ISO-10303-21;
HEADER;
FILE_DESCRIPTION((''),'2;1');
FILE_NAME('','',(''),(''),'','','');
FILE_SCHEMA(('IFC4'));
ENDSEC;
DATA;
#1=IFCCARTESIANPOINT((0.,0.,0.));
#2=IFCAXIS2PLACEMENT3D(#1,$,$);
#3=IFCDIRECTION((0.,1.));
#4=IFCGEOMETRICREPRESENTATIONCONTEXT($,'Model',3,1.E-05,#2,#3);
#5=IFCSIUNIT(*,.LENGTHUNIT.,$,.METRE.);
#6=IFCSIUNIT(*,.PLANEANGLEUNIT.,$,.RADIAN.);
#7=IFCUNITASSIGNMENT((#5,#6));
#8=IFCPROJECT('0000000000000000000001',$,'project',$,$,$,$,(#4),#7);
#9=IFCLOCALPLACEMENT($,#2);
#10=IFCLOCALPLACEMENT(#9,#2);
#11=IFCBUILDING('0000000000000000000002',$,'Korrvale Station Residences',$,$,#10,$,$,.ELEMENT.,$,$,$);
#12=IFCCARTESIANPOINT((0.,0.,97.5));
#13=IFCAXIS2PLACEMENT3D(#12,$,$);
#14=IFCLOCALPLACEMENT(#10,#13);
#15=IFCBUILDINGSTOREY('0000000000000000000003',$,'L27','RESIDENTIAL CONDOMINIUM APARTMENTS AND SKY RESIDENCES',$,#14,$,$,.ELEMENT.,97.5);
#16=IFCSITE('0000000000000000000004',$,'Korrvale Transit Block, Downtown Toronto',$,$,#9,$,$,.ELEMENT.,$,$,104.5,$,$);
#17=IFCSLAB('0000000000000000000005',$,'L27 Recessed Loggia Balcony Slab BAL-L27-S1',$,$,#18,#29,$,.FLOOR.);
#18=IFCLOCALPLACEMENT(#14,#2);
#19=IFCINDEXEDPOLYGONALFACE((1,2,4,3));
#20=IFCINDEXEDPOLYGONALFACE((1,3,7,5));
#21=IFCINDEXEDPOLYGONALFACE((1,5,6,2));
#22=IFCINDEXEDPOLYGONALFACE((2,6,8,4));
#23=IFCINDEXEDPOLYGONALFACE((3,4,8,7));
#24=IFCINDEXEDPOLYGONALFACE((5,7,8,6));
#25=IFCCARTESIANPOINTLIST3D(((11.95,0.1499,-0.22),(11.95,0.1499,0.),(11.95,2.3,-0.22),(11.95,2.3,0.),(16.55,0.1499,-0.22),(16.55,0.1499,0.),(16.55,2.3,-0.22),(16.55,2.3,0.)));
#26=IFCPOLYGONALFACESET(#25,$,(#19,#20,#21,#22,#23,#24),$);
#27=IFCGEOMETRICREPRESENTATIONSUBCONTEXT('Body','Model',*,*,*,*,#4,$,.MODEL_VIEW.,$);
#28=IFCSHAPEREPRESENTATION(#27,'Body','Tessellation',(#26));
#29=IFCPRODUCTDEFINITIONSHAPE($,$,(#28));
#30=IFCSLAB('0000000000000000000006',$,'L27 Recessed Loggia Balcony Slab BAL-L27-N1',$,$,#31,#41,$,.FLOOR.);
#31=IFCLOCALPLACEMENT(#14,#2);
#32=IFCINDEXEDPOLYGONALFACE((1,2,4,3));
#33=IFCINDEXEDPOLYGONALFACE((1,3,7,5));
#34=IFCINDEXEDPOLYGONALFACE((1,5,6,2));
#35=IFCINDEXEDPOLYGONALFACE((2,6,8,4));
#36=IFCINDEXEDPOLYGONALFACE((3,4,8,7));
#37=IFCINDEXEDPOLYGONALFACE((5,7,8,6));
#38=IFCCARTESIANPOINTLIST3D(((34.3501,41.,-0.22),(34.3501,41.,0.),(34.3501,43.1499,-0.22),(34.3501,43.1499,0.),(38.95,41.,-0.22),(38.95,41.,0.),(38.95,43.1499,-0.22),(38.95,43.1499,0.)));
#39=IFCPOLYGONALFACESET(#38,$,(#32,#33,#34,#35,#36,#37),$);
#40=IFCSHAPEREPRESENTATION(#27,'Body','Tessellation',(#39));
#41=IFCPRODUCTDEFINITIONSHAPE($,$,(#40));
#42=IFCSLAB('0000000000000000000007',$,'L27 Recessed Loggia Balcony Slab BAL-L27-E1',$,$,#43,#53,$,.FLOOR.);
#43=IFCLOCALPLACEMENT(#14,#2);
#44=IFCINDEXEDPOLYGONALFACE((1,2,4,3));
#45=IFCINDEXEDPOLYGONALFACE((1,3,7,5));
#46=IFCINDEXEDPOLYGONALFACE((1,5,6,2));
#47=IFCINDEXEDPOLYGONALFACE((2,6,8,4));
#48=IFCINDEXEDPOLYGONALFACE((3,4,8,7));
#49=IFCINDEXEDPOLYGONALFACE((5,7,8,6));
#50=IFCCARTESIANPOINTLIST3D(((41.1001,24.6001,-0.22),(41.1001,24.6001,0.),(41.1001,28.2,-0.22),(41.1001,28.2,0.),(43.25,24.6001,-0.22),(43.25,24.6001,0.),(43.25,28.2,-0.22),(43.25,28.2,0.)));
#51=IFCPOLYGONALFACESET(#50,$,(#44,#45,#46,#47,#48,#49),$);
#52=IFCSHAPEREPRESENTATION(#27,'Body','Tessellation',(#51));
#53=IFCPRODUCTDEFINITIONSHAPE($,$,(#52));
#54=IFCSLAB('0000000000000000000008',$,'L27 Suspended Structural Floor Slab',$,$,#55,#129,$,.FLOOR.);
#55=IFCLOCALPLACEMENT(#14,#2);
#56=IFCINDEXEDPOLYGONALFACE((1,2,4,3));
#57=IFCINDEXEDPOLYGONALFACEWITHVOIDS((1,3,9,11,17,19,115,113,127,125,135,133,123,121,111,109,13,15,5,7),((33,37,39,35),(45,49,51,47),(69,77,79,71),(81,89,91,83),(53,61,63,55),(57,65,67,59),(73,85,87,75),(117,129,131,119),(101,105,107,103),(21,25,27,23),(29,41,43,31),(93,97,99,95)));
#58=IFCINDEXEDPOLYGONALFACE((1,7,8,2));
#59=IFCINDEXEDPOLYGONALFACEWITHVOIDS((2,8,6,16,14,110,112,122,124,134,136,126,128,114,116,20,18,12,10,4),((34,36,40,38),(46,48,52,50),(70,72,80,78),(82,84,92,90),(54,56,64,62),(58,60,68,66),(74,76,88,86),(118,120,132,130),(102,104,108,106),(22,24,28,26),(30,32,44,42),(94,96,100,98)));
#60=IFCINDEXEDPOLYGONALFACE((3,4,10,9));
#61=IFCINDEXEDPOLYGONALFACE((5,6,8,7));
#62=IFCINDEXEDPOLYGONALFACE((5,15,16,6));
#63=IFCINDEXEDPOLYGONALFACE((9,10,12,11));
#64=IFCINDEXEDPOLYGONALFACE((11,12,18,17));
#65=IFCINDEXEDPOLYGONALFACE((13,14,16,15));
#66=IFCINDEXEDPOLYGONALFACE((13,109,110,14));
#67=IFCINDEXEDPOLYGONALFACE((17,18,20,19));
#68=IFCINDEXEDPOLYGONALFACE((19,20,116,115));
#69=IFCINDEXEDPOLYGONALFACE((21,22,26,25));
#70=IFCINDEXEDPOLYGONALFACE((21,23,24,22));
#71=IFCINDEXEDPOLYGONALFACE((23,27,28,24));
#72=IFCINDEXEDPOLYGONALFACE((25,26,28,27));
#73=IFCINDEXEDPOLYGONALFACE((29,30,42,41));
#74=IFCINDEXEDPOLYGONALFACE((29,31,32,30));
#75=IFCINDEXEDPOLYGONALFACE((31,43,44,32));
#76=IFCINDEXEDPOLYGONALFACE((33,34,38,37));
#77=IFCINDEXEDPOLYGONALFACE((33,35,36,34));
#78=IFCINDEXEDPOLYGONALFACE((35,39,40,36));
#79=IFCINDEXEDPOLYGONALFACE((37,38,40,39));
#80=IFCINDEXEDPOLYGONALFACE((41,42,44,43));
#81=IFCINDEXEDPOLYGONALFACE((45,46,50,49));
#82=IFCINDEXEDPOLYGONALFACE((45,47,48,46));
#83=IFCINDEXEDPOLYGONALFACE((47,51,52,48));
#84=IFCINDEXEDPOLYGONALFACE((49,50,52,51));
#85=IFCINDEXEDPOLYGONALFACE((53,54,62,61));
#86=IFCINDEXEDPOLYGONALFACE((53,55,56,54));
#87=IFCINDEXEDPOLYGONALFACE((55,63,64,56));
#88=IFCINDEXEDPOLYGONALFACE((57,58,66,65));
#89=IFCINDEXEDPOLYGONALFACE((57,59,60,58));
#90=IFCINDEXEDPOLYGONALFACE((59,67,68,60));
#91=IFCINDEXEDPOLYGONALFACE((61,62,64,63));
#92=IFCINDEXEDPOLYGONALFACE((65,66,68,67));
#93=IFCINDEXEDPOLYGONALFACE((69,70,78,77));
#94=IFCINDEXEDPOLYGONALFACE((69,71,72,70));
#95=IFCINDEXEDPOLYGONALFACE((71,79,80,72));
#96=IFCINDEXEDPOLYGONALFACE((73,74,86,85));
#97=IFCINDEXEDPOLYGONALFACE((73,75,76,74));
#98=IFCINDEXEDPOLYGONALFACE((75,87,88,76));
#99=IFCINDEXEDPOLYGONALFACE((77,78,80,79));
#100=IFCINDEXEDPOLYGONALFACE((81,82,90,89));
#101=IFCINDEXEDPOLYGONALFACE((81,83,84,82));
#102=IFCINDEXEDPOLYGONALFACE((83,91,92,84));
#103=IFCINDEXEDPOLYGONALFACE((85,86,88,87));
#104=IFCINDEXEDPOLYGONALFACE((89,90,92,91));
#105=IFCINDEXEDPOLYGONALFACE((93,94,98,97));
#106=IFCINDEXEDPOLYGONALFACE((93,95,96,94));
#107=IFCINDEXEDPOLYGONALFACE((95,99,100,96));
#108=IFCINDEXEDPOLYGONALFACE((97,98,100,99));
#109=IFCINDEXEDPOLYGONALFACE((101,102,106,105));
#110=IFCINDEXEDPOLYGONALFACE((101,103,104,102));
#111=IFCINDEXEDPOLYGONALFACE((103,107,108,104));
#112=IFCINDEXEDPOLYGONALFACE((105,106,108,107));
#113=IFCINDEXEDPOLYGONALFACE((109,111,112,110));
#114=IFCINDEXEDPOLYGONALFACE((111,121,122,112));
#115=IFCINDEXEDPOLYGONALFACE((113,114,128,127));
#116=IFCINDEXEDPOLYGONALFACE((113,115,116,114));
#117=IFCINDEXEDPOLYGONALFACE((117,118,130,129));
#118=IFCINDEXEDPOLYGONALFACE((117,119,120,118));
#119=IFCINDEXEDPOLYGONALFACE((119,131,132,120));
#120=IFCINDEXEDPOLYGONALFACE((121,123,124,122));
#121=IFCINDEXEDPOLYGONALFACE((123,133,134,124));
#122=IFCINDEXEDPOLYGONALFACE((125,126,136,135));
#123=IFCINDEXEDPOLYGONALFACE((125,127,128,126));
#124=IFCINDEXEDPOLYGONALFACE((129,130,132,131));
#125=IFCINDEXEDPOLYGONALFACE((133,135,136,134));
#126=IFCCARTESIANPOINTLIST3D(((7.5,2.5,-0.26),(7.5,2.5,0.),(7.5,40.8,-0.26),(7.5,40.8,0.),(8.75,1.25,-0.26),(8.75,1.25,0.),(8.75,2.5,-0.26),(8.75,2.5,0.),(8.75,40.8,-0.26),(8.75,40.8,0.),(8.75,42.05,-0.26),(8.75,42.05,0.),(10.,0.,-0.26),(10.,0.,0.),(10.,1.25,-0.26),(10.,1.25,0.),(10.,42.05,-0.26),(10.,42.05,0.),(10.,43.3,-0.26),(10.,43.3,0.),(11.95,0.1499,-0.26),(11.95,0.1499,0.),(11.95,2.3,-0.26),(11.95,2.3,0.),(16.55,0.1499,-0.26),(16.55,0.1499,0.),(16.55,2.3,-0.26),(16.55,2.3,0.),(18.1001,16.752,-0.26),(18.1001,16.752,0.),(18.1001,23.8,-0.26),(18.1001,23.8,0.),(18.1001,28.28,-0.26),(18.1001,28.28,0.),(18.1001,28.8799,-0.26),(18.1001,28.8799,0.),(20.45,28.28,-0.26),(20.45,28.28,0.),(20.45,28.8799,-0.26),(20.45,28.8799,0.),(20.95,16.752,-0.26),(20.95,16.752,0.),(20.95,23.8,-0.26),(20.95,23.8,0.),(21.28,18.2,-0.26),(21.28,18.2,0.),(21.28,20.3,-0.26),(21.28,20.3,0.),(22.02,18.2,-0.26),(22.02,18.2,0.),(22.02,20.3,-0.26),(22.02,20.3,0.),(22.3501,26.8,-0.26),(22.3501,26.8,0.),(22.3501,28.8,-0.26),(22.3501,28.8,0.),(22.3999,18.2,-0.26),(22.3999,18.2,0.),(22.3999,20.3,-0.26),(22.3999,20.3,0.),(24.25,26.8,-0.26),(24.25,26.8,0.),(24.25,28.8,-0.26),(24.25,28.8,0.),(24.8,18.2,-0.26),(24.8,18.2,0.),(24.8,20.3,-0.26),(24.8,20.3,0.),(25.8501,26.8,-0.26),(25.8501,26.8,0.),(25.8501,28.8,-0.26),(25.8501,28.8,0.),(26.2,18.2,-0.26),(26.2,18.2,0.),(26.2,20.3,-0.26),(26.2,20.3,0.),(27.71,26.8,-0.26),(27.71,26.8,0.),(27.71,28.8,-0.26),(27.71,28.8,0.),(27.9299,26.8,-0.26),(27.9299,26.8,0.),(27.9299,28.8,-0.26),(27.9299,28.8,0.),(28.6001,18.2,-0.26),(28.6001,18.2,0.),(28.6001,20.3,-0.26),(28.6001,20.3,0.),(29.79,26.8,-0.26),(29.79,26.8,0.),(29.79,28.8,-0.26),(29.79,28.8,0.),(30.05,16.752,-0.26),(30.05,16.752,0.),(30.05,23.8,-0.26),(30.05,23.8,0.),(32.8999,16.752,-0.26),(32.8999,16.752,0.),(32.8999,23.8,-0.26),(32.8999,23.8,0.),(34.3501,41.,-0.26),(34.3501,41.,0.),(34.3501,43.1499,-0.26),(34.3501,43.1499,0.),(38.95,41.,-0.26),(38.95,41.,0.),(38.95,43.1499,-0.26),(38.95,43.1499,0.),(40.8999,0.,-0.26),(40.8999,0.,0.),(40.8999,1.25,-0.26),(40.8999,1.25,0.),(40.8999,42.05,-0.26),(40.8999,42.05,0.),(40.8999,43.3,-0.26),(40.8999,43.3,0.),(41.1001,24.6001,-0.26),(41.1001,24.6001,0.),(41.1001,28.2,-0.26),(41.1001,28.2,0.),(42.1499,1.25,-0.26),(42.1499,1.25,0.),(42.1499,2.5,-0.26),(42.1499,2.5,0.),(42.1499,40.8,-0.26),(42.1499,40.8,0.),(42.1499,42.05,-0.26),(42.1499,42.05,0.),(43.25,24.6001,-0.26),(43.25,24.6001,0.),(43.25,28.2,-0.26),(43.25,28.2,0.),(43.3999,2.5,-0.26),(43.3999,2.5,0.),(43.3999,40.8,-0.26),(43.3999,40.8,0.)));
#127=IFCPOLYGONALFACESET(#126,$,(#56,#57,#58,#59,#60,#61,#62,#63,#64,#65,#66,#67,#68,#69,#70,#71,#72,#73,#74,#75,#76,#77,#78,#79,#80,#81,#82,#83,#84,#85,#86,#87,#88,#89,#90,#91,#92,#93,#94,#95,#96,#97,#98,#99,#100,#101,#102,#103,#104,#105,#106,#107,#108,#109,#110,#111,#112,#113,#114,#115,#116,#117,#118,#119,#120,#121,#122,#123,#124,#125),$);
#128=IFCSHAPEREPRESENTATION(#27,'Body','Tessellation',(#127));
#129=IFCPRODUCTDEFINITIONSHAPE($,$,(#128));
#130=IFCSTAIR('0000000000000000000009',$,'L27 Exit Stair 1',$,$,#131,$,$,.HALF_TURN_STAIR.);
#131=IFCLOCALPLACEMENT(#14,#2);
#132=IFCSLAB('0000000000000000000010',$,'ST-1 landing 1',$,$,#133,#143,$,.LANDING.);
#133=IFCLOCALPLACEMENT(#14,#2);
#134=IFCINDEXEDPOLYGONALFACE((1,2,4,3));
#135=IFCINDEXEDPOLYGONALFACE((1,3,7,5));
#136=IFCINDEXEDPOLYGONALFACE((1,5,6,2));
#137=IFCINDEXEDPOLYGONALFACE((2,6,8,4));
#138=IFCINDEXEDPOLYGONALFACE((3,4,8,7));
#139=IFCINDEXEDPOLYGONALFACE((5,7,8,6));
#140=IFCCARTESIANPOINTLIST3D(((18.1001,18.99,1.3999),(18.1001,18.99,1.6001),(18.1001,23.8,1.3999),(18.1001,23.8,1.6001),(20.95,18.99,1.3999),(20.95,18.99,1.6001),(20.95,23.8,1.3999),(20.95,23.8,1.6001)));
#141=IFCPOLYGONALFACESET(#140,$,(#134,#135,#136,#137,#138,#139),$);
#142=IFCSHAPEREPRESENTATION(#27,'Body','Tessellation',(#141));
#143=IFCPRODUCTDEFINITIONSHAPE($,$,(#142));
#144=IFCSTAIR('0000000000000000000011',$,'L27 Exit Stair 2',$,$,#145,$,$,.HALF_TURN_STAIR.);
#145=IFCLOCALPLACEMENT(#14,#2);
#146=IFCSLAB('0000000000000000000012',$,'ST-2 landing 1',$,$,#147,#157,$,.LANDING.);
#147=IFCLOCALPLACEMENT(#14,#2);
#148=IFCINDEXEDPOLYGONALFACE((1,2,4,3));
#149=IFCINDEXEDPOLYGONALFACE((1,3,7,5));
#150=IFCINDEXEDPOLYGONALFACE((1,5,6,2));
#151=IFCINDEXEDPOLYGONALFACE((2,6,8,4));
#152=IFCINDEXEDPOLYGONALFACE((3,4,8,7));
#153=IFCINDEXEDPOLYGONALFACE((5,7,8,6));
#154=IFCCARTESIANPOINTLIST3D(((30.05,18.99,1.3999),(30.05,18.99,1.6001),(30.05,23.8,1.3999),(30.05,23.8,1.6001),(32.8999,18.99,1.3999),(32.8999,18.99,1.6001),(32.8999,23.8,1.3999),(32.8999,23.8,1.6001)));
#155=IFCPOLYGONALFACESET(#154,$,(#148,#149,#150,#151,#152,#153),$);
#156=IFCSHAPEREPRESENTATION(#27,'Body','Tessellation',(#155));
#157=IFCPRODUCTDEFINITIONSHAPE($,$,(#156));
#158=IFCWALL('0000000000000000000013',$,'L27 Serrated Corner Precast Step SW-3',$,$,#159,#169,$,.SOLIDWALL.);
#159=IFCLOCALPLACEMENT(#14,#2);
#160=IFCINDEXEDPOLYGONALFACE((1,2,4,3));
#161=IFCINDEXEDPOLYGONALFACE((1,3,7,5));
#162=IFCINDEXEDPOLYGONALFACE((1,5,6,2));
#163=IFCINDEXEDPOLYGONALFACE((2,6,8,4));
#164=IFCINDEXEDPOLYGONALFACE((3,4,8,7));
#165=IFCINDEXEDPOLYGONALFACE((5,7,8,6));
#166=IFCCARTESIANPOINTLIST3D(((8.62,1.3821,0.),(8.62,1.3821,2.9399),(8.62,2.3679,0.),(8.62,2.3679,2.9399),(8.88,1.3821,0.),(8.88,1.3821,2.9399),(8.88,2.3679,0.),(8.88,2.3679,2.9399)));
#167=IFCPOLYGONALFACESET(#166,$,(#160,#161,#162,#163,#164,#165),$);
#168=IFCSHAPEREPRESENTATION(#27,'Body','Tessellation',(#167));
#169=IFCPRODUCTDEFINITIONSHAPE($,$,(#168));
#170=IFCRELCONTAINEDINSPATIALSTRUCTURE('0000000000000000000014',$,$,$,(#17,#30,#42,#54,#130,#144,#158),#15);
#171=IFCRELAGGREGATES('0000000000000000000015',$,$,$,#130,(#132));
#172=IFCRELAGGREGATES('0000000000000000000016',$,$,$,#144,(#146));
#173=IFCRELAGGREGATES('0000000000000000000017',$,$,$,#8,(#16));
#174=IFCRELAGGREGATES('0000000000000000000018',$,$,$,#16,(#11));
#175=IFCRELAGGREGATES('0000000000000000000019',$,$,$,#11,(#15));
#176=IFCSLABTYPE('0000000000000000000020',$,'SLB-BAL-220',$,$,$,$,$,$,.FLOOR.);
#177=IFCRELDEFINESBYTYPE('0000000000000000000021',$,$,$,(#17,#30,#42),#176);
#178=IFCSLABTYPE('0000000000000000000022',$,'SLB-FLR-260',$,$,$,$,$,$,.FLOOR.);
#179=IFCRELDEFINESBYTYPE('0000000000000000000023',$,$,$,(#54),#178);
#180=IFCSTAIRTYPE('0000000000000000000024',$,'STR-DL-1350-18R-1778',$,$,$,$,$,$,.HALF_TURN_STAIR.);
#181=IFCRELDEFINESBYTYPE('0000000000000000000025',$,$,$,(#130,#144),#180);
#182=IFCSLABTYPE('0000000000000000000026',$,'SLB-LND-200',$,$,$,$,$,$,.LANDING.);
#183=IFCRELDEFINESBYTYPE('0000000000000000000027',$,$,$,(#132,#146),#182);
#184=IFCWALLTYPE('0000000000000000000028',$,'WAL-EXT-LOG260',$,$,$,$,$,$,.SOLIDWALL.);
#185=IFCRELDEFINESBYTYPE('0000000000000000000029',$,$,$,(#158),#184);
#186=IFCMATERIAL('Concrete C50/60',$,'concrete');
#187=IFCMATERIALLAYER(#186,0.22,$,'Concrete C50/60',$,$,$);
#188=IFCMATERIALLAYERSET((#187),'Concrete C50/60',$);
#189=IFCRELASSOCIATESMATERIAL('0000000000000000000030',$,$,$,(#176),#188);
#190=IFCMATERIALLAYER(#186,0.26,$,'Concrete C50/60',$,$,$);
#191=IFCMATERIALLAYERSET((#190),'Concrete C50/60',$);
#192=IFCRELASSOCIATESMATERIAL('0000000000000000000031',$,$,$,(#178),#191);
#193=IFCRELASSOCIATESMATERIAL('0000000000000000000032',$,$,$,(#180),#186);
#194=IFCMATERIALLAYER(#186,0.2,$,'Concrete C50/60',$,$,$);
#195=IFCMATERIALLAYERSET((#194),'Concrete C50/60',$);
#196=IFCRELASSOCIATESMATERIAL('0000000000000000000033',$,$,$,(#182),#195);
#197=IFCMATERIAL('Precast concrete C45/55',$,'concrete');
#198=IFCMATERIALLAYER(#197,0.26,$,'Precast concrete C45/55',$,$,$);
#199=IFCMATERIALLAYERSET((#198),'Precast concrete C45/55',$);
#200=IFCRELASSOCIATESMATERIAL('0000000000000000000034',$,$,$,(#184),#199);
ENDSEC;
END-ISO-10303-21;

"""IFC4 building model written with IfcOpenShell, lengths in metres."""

from ifc_helpers import new_model, si_unit, direction, frame, frame_2d, origin, place, context, subcontext, project, spatial, polyline, rectangle, outline, extrude, material, layer, layer_set, type_object, element, aggregate, save


model = new_model("IFC4")

# Units and contexts
model_context = context("Model", 3, precision=1e-05, world=origin(), true_north=direction((0.0, 1.0)))
body_context = subcontext(model_context, "Body", "Model", "MODEL_VIEW")
ifc_project = project(units=[si_unit("LENGTHUNIT", "METRE"), si_unit("PLANEANGLEUNIT", "RADIAN")], contexts=[model_context])

# Site, building, storey
site_placement = place(None, origin())
site = spatial("IfcSite", under=ifc_project, at=site_placement, Name="Korrvale Transit Block, Downtown Toronto", CompositionType="ELEMENT", RefElevation=104.5)
building_placement = place(site_placement, origin())
building = spatial("IfcBuilding", under=site, at=building_placement, Name="Korrvale Station Residences", CompositionType="ELEMENT")
storey_placement = place(building_placement, frame((0.0, 0.0, 97.5)))
storey = spatial("IfcBuildingStorey", under=building, at=storey_placement, Name="L27", Description="RESIDENTIAL CONDOMINIUM APARTMENTS AND SKY RESIDENCES", CompositionType="ELEMENT", Elevation=97.5)

# Slabs
ifc_material_1 = material(Name="Concrete C50/60", Category="concrete")
ifc_layer_1 = layer(ifc_material_1, 0.22, Name="Concrete C50/60")
ifc_layer_set_1 = layer_set([ifc_layer_1], Name="Concrete C50/60")
slab_type_1 = type_object("IfcSlabType", Name="SLB-BAL-220", PredefinedType="FLOOR", material=ifc_layer_set_1)
slab_1_placement = place(storey_placement, frame((0.0, 0.0, -0.22)))
element("IfcSlab", 1, at=slab_1_placement, inside=storey, type_object=slab_type_1, Name="L27 Recessed Loggia Balcony Slab BAL-L27-S1", PredefinedType="FLOOR", context=body_context, shape_type="SweptSolid", body=[
    extrude(outline(polyline([(11.95, 0.1499), (16.55, 0.1499), (16.55, 2.3), (11.95, 2.3), (11.95, 0.1499)])), origin(), (0.0, 0.0, 1.0), 0.22),
])
slab_2_placement = place(storey_placement, frame((0.0, 0.0, -0.22)))
element("IfcSlab", 2, at=slab_2_placement, inside=storey, type_object=slab_type_1, Name="L27 Recessed Loggia Balcony Slab BAL-L27-N1", PredefinedType="FLOOR", context=body_context, shape_type="SweptSolid", body=[
    extrude(outline(polyline([(34.3501, 41.0), (38.95, 41.0), (38.95, 43.1499), (34.3501, 43.1499), (34.3501, 41.0)])), origin(), (0.0, 0.0, 1.0), 0.22),
])
slab_3_placement = place(storey_placement, frame((0.0, 0.0, -0.22)))
element("IfcSlab", 3, at=slab_3_placement, inside=storey, type_object=slab_type_1, Name="L27 Recessed Loggia Balcony Slab BAL-L27-E1", PredefinedType="FLOOR", context=body_context, shape_type="SweptSolid", body=[
    extrude(outline(polyline([(41.1001, 24.6001), (43.25, 24.6001), (43.25, 28.2), (41.1001, 28.2), (41.1001, 24.6001)])), origin(), (0.0, 0.0, 1.0), 0.22),
])
ifc_layer_2 = layer(ifc_material_1, 0.26, Name="Concrete C50/60")
ifc_layer_set_2 = layer_set([ifc_layer_2], Name="Concrete C50/60")
slab_type_2 = type_object("IfcSlabType", Name="SLB-FLR-260", PredefinedType="FLOOR", material=ifc_layer_set_2)
slab_4_placement = place(storey_placement, frame((0.0, 0.0, -0.26)))
element("IfcSlab", 4, at=slab_4_placement, inside=storey, type_object=slab_type_2, Name="L27 Suspended Structural Floor Slab", PredefinedType="FLOOR", context=body_context, shape_type="SweptSolid", body=[
    extrude(outline(polyline([(10.0, 0.0), (40.8999, 0.0), (40.8999, 1.25), (42.1499, 1.25), (42.1499, 2.5), (43.3999, 2.5), (43.3999, 40.8), (42.1499, 40.8), (42.1499, 42.05), (40.8999, 42.05), (40.8999, 43.3), (10.0, 43.3), (10.0, 42.05), (8.75, 42.05), (8.75, 40.8), (7.5, 40.8), (7.5, 2.5), (8.75, 2.5), (8.75, 1.25), (10.0, 1.25), (10.0, 0.0)]), holes=[polyline([(20.95, 16.752), (20.95, 23.8), (18.1001, 23.8), (18.1001, 16.752), (20.95, 16.752)]), polyline([(32.8999, 16.752), (32.8999, 23.8), (30.05, 23.8), (30.05, 16.752), (32.8999, 16.752)]), polyline([(22.3501, 26.8), (24.25, 26.8), (24.25, 28.8), (22.3501, 28.8), (22.3501, 26.8)]), polyline([(25.8501, 26.8), (27.71, 26.8), (27.71, 28.8), (25.8501, 28.8), (25.8501, 26.8)]), polyline([(27.9299, 26.8), (29.79, 26.8), (29.79, 28.8), (27.9299, 28.8), (27.9299, 26.8)]), polyline([(22.3999, 18.2), (24.8, 18.2), (24.8, 20.3), (22.3999, 20.3), (22.3999, 18.2)]), polyline([(26.2, 18.2), (28.6001, 18.2), (28.6001, 20.3), (26.2, 20.3), (26.2, 18.2)]), polyline([(18.1001, 28.28), (20.45, 28.28), (20.45, 28.8799), (18.1001, 28.8799), (18.1001, 28.28)]), polyline([(21.28, 18.2), (22.02, 18.2), (22.02, 20.3), (21.28, 20.3), (21.28, 18.2)]), polyline([(11.95, 0.1499), (16.55, 0.1499), (16.55, 2.3), (11.95, 2.3), (11.95, 0.1499)]), polyline([(34.3501, 41.0), (38.95, 41.0), (38.95, 43.1499), (34.3501, 43.1499), (34.3501, 41.0)]), polyline([(41.1001, 24.6001), (43.25, 24.6001), (43.25, 28.2), (41.1001, 28.2), (41.1001, 24.6001)])]), origin(), (0.0, 0.0, 1.0), 0.26),
])

# Stairs, slabs
stair_type = type_object("IfcStairType", Name="STR-DL-1350-18R-1778", PredefinedType="HALF_TURN_STAIR", material=ifc_material_1)
stair_1_placement = place(storey_placement, origin())
stair_1 = element("IfcStair", 5, at=stair_1_placement, inside=storey, type_object=stair_type, Name="L27 Exit Stair 1", PredefinedType="HALF_TURN_STAIR")
ifc_layer_3 = layer(ifc_material_1, 0.2, Name="Concrete C50/60")
ifc_layer_set_3 = layer_set([ifc_layer_3], Name="Concrete C50/60")
slab_type_3 = type_object("IfcSlabType", Name="SLB-LND-200", PredefinedType="LANDING", material=ifc_layer_set_3)
slab_5_placement = place(storey_placement, frame((0.0, 0.0, 1.3999)))
slab_5 = element("IfcSlab", 6, at=slab_5_placement, type_object=slab_type_3, Name="ST-1 landing 1", PredefinedType="LANDING", context=body_context, shape_type="SweptSolid", body=[
    extrude(outline(polyline([(20.95, 18.99), (20.95, 23.8), (18.1001, 23.8), (18.1001, 18.99), (20.95, 18.99)])), origin(), (0.0, 0.0, 1.0), 0.2002),
])
aggregate(stair_1, [slab_5])
stair_2_placement = place(storey_placement, origin())
stair_2 = element("IfcStair", 7, at=stair_2_placement, inside=storey, type_object=stair_type, Name="L27 Exit Stair 2", PredefinedType="HALF_TURN_STAIR")
slab_6_placement = place(storey_placement, frame((0.0, 0.0, 1.3999)))
slab_6 = element("IfcSlab", 8, at=slab_6_placement, type_object=slab_type_3, Name="ST-2 landing 1", PredefinedType="LANDING", context=body_context, shape_type="SweptSolid", body=[
    extrude(outline(polyline([(32.8999, 18.99), (32.8999, 23.8), (30.05, 23.8), (30.05, 18.99), (32.8999, 18.99)])), origin(), (0.0, 0.0, 1.0), 0.2002),
])
aggregate(stair_2, [slab_6])

# Wall
ifc_material_2 = material(Name="Precast concrete C45/55", Category="concrete")
ifc_layer_4 = layer(ifc_material_2, 0.26, Name="Precast concrete C45/55")
ifc_layer_set_4 = layer_set([ifc_layer_4], Name="Precast concrete C45/55")
wall_type_1 = type_object("IfcWallType", Name="WAL-EXT-LOG260", PredefinedType="SOLIDWALL", material=ifc_layer_set_4)
wall_1_placement = place(storey_placement, frame((8.75, 1.3821, 0.0), z_axis=(0.0, 0.0, 1.0), x_axis=(0.0, 1.0, 0.0)))
element("IfcWall", 9, at=wall_1_placement, inside=storey, type_object=wall_type_1, Name="L27 Serrated Corner Precast Step SW-3", PredefinedType="SOLIDWALL", context=body_context, shape_type="SweptSolid", body=[
    extrude(rectangle(XDim=0.9858, YDim=0.26, at=frame_2d((0.4929, 0.0))), origin(), (0.0, 0.0, 1.0), 2.9399),
])

save(model, "model.ifc")
